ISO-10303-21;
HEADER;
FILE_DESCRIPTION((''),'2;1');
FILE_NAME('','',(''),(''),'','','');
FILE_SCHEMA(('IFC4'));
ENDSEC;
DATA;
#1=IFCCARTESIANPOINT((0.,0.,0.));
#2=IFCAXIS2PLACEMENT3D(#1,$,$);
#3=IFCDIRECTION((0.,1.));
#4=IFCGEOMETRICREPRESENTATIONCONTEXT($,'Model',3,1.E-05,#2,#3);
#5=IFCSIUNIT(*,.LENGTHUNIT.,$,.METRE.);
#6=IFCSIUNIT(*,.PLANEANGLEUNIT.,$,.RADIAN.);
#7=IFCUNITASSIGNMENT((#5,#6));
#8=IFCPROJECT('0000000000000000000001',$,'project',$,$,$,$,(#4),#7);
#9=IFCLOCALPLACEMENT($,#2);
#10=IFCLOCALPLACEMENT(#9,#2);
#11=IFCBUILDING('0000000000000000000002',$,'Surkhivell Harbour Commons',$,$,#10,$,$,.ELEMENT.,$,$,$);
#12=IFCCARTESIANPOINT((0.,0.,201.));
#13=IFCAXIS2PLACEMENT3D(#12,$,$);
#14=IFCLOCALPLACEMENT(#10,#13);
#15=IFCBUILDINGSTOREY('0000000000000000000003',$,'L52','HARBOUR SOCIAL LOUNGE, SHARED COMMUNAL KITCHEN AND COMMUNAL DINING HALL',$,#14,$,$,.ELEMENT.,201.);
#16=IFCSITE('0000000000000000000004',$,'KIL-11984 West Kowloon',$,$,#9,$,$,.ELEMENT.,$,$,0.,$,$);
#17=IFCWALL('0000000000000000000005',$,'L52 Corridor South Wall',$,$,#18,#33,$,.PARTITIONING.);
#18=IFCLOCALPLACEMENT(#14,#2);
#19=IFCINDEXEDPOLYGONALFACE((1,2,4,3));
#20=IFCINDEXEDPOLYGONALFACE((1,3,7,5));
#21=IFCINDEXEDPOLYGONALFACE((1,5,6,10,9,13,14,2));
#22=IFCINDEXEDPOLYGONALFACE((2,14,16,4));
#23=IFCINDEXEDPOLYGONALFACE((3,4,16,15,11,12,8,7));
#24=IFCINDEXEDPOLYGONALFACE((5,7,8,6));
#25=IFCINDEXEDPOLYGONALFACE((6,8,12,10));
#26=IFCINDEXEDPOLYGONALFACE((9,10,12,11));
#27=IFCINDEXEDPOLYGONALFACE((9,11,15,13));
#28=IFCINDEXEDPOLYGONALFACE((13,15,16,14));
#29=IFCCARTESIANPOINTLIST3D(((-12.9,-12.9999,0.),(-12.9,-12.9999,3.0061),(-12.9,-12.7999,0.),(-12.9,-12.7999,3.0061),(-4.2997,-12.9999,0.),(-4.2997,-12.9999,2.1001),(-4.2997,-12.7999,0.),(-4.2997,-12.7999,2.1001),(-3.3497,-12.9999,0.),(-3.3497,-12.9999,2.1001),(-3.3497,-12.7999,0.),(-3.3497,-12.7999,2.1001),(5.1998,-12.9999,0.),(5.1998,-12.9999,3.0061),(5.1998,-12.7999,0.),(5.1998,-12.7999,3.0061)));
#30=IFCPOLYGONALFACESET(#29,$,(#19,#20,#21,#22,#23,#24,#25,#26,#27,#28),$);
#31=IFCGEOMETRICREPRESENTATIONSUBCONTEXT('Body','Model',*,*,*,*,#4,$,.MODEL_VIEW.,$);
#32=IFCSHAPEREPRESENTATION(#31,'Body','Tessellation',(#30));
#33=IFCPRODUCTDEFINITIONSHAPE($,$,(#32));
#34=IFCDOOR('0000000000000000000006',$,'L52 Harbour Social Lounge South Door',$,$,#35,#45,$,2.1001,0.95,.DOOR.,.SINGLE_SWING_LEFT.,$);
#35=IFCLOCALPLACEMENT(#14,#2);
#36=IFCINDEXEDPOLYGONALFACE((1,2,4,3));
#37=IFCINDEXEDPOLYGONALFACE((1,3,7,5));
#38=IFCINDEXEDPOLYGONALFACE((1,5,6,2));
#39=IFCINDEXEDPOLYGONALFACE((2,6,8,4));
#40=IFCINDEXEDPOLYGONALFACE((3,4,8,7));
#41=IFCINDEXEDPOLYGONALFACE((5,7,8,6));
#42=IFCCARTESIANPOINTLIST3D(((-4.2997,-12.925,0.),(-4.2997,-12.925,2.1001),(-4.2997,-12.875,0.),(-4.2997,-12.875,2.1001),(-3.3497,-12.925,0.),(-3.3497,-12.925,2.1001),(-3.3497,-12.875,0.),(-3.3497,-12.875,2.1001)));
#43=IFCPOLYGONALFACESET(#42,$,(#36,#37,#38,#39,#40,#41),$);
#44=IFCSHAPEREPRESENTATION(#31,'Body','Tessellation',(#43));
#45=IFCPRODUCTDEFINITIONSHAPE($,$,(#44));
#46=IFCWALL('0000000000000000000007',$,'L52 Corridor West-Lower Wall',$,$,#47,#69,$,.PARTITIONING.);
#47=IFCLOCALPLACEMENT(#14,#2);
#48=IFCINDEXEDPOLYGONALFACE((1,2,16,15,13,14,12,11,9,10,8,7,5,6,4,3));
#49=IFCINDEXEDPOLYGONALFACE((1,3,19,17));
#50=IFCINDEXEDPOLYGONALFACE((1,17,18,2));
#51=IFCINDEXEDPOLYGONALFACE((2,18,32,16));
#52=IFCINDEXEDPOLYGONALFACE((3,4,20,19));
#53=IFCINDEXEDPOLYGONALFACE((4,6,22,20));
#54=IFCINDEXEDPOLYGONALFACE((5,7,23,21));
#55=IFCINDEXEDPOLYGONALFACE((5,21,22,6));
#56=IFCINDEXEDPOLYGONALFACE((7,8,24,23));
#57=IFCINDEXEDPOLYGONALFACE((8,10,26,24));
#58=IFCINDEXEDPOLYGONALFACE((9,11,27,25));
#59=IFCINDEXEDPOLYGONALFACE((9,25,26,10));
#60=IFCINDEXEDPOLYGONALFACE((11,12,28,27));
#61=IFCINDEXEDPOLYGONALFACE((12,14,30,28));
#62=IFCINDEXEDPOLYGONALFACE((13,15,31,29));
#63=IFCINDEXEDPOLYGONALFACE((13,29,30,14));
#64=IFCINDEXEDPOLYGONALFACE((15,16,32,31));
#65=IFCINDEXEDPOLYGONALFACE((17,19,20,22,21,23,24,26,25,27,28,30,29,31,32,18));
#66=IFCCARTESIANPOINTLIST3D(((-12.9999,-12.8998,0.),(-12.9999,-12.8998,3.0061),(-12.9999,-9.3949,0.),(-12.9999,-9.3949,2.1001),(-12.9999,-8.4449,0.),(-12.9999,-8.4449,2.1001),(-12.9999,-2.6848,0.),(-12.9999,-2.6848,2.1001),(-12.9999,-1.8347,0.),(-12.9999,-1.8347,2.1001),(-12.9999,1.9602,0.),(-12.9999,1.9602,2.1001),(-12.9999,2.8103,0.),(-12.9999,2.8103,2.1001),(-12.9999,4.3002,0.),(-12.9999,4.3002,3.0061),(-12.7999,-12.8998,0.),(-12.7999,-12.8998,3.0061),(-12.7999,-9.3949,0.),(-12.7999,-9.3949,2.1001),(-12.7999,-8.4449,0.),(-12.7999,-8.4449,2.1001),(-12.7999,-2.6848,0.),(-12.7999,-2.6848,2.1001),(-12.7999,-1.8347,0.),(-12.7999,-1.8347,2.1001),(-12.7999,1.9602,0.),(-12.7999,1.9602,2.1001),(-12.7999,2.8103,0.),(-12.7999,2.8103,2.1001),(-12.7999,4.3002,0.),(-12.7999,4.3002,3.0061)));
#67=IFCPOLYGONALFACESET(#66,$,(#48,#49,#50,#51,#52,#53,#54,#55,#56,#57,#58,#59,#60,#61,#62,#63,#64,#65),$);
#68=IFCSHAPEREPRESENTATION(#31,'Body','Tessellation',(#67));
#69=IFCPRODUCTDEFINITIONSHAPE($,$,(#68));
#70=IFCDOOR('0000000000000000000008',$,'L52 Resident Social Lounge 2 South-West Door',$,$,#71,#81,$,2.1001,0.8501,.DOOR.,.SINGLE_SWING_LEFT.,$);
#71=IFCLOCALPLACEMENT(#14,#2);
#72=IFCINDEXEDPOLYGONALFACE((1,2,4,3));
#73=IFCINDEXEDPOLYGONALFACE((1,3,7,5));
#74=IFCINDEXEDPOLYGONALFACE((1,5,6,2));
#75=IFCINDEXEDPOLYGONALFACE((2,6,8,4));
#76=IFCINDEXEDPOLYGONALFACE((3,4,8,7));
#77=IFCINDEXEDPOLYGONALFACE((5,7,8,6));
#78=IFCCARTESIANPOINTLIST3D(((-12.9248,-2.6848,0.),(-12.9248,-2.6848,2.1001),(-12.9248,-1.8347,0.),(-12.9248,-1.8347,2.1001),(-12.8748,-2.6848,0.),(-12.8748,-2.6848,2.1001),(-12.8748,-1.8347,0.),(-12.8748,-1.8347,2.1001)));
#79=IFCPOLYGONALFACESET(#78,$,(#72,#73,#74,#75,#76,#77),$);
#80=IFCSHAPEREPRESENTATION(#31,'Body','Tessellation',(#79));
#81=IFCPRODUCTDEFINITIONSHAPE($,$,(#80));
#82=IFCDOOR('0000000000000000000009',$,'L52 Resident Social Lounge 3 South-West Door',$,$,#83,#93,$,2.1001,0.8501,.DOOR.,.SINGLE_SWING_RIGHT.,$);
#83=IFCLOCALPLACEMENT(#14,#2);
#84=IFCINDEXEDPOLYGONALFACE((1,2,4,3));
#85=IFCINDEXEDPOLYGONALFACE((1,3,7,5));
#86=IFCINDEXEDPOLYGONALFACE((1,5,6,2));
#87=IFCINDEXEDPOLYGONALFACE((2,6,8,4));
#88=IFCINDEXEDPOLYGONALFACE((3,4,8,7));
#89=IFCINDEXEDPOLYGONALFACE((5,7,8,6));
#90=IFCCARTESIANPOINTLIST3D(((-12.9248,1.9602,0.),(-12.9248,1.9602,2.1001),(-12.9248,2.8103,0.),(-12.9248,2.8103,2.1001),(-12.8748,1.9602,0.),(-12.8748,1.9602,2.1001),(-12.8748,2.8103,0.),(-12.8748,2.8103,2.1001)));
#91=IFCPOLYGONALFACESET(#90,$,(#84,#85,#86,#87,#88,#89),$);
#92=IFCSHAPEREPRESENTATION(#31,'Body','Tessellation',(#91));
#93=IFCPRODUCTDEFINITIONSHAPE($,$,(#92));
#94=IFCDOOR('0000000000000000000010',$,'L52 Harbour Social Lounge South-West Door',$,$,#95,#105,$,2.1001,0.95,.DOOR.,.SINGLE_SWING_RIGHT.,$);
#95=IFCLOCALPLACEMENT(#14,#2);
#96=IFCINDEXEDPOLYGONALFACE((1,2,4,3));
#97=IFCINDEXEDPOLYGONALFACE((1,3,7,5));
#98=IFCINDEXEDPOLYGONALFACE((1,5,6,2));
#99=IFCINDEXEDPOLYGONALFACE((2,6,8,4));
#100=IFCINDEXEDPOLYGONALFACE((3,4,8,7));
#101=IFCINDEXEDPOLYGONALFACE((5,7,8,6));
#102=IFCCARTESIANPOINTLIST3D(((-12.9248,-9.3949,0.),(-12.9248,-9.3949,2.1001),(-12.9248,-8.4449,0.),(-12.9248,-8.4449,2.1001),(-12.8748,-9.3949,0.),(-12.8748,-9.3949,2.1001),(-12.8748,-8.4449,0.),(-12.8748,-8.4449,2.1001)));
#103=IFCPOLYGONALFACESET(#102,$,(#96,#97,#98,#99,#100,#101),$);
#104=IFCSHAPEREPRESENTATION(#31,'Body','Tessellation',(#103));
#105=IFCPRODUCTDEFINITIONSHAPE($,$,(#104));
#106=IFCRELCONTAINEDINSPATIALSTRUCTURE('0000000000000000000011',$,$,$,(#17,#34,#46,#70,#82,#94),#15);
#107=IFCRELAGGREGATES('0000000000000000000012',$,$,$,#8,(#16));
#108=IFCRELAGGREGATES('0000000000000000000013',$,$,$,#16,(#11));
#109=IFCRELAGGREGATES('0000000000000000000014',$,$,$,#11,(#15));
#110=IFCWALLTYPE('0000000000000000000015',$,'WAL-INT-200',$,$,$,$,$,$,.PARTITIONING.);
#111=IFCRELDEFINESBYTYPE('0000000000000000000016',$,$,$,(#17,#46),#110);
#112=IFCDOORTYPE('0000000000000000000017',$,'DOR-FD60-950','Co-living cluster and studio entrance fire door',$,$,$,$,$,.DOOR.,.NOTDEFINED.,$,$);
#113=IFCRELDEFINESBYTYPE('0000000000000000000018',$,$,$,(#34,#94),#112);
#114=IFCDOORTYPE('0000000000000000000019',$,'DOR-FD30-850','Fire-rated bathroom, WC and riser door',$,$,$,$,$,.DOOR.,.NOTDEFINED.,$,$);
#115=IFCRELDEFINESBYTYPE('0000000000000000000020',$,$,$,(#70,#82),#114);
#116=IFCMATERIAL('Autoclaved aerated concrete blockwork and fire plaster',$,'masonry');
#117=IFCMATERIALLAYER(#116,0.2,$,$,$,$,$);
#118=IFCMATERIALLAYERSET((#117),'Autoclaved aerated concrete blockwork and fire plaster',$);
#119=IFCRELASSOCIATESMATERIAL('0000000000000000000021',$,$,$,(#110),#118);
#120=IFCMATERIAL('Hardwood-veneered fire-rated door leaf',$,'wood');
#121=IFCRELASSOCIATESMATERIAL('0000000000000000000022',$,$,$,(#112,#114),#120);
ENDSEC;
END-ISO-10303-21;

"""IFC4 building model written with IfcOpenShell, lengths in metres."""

from ifc_helpers import new_model, si_unit, direction, frame, frame_2d, origin, place, context, subcontext, project, spatial, rectangle, extrude, material, layer, layer_set, type_object, element, fill, save


model = new_model("IFC4")

# Units and contexts
model_context = context("Model", 3, precision=1e-05, world=origin(), true_north=direction((0.0, 1.0)))
body_context = subcontext(model_context, "Body", "Model", "MODEL_VIEW")
ifc_project = project(units=[si_unit("LENGTHUNIT", "METRE"), si_unit("PLANEANGLEUNIT", "RADIAN")], contexts=[model_context])

# Site, building, storey
site_placement = place(None, origin())
site = spatial("IfcSite", under=ifc_project, at=site_placement, Name="KIL-11984 West Kowloon", CompositionType="ELEMENT", RefElevation=0.0)
building_placement = place(site_placement, origin())
building = spatial("IfcBuilding", under=site, at=building_placement, Name="Surkhivell Harbour Commons", CompositionType="ELEMENT")
storey_placement = place(building_placement, frame((0.0, 0.0, 201.0)))
storey = spatial("IfcBuildingStorey", under=building, at=storey_placement, Name="L52", Description="HARBOUR SOCIAL LOUNGE, SHARED COMMUNAL KITCHEN AND COMMUNAL DINING HALL", CompositionType="ELEMENT", Elevation=201.0)

# Wall, opening, door
ifc_material_1 = material(Name="Autoclaved aerated concrete blockwork and fire plaster", Category="masonry")
ifc_layer_1 = layer(ifc_material_1, 0.2)
ifc_layer_set_1 = layer_set([ifc_layer_1], Name="Autoclaved aerated concrete blockwork and fire plaster")
wall_type_1 = type_object("IfcWallType", Name="WAL-INT-200", PredefinedType="PARTITIONING", material=ifc_layer_set_1)
wall_1_placement = place(storey_placement, frame((-12.8999, -12.8999, 0.0), z_axis=(0.0, 0.0, 1.0), x_axis=(1.0, 0.0, 0.0)))
wall_1 = element("IfcWall", 1, at=wall_1_placement, inside=storey, type_object=wall_type_1, Name="L52 Corridor South Wall", PredefinedType="PARTITIONING", context=body_context, shape_type="SweptSolid", body=[
    extrude(rectangle(XDim=18.0999, YDim=0.2, at=frame_2d((9.0498, 0.0))), origin(), (0.0, 0.0, 1.0), 3.0061),
])
opening_1_placement = place(wall_1_placement, frame((8.6001, 0.0, 0.0)))
opening_1 = element("IfcOpeningElement", 2, at=opening_1_placement, cuts=wall_1, PredefinedType="OPENING", context=body_context, shape_type="SweptSolid", body=[
    extrude(rectangle(XDim=0.95, YDim=2.1001, at=frame_2d((0.4751, 1.05))), frame((0.0, 0.1099, 0.0), z_axis=(0.0, -1.0, 0.0), x_axis=(1.0, 0.0, 0.0)), (0.0, 0.0, 1.0), 0.22),
])
ifc_material_2 = material(Name="Hardwood-veneered fire-rated door leaf", Category="wood")
door_type_1 = type_object("IfcDoorType", Name="DOR-FD60-950", Description="Co-living cluster and studio entrance fire door", OperationType="NOTDEFINED", PredefinedType="DOOR", material=ifc_material_2)
door_1_placement = place(opening_1_placement, origin())
door_1 = element("IfcDoor", 3, at=door_1_placement, inside=storey, type_object=door_type_1, Name="L52 Harbour Social Lounge South Door", OperationType="SINGLE_SWING_LEFT", OverallHeight=2.1001, OverallWidth=0.95, PredefinedType="DOOR", context=body_context, shape_type="SweptSolid", body=[
    extrude(rectangle(XDim=0.95, YDim=2.1001, at=frame_2d((0.4751, 1.05))), frame((0.0, 0.0249, 0.0), z_axis=(0.0, -1.0, 0.0), x_axis=(1.0, 0.0, 0.0)), (0.0, 0.0, 1.0), 0.05),
])
fill(opening_1, door_1)

# Wall, openings, doors
wall_2_placement = place(storey_placement, frame((-12.8999, -12.8999, 0.0), z_axis=(0.0, 0.0, 1.0), x_axis=(0.0, 1.0, 0.0)))
wall_2 = element("IfcWall", 4, at=wall_2_placement, inside=storey, type_object=wall_type_1, Name="L52 Corridor West-Lower Wall", PredefinedType="PARTITIONING", context=body_context, shape_type="SweptSolid", body=[
    extrude(rectangle(XDim=17.2, YDim=0.2, at=frame_2d((8.6001, 0.0))), origin(), (0.0, 0.0, 1.0), 3.0061),
])
opening_2_placement = place(wall_2_placement, frame((3.5049, 0.0, 0.0)))
opening_2 = element("IfcOpeningElement", 5, at=opening_2_placement, cuts=wall_2, PredefinedType="OPENING", context=body_context, shape_type="SweptSolid", body=[
    extrude(rectangle(XDim=0.95, YDim=2.1001, at=frame_2d((0.4751, 1.05))), frame((0.0, 0.1099, 0.0), z_axis=(0.0, -1.0, 0.0), x_axis=(1.0, 0.0, 0.0)), (0.0, 0.0, 1.0), 0.22),
])
opening_3_placement = place(wall_2_placement, frame((10.2151, 0.0, 0.0)))
opening_3 = element("IfcOpeningElement", 6, at=opening_3_placement, cuts=wall_2, PredefinedType="OPENING", context=body_context, shape_type="SweptSolid", body=[
    extrude(rectangle(XDim=0.8501, YDim=2.1001, at=frame_2d((0.425, 1.05))), frame((0.0, 0.1099, 0.0), z_axis=(0.0, -1.0, 0.0), x_axis=(1.0, 0.0, 0.0)), (0.0, 0.0, 1.0), 0.22),
])
opening_4_placement = place(wall_2_placement, frame((14.8601, 0.0, 0.0)))
opening_4 = element("IfcOpeningElement", 7, at=opening_4_placement, cuts=wall_2, PredefinedType="OPENING", context=body_context, shape_type="SweptSolid", body=[
    extrude(rectangle(XDim=0.8501, YDim=2.1001, at=frame_2d((0.425, 1.05))), frame((0.0, 0.1099, 0.0), z_axis=(0.0, -1.0, 0.0), x_axis=(1.0, 0.0, 0.0)), (0.0, 0.0, 1.0), 0.22),
])
door_type_2 = type_object("IfcDoorType", Name="DOR-FD30-850", Description="Fire-rated bathroom, WC and riser door", OperationType="NOTDEFINED", PredefinedType="DOOR", material=ifc_material_2)
door_2_placement = place(opening_3_placement, origin())
door_2 = element("IfcDoor", 8, at=door_2_placement, inside=storey, type_object=door_type_2, Name="L52 Resident Social Lounge 2 South-West Door", OperationType="SINGLE_SWING_LEFT", OverallHeight=2.1001, OverallWidth=0.8501, PredefinedType="DOOR", context=body_context, shape_type="SweptSolid", body=[
    extrude(rectangle(XDim=0.8501, YDim=2.1001, at=frame_2d((0.425, 1.05))), frame((0.0, 0.0249, 0.0), z_axis=(0.0, -1.0, 0.0), x_axis=(1.0, 0.0, 0.0)), (0.0, 0.0, 1.0), 0.05),
])
fill(opening_3, door_2)
door_3_placement = place(opening_4_placement, origin())
door_3 = element("IfcDoor", 9, at=door_3_placement, inside=storey, type_object=door_type_2, Name="L52 Resident Social Lounge 3 South-West Door", OperationType="SINGLE_SWING_RIGHT", OverallHeight=2.1001, OverallWidth=0.8501, PredefinedType="DOOR", context=body_context, shape_type="SweptSolid", body=[
    extrude(rectangle(XDim=0.8501, YDim=2.1001, at=frame_2d((0.425, 1.05))), frame((0.0, 0.0249, 0.0), z_axis=(0.0, -1.0, 0.0), x_axis=(1.0, 0.0, 0.0)), (0.0, 0.0, 1.0), 0.05),
])
fill(opening_4, door_3)
door_4_placement = place(opening_2_placement, origin())
door_4 = element("IfcDoor", 10, at=door_4_placement, inside=storey, type_object=door_type_1, Name="L52 Harbour Social Lounge South-West Door", OperationType="SINGLE_SWING_RIGHT", OverallHeight=2.1001, OverallWidth=0.95, PredefinedType="DOOR", context=body_context, shape_type="SweptSolid", body=[
    extrude(rectangle(XDim=0.95, YDim=2.1001, at=frame_2d((0.4751, 1.05))), frame((0.0, 0.0249, 0.0), z_axis=(0.0, -1.0, 0.0), x_axis=(1.0, 0.0, 0.0)), (0.0, 0.0, 1.0), 0.05),
])
fill(opening_2, door_4)

save(model, "model.ifc")
